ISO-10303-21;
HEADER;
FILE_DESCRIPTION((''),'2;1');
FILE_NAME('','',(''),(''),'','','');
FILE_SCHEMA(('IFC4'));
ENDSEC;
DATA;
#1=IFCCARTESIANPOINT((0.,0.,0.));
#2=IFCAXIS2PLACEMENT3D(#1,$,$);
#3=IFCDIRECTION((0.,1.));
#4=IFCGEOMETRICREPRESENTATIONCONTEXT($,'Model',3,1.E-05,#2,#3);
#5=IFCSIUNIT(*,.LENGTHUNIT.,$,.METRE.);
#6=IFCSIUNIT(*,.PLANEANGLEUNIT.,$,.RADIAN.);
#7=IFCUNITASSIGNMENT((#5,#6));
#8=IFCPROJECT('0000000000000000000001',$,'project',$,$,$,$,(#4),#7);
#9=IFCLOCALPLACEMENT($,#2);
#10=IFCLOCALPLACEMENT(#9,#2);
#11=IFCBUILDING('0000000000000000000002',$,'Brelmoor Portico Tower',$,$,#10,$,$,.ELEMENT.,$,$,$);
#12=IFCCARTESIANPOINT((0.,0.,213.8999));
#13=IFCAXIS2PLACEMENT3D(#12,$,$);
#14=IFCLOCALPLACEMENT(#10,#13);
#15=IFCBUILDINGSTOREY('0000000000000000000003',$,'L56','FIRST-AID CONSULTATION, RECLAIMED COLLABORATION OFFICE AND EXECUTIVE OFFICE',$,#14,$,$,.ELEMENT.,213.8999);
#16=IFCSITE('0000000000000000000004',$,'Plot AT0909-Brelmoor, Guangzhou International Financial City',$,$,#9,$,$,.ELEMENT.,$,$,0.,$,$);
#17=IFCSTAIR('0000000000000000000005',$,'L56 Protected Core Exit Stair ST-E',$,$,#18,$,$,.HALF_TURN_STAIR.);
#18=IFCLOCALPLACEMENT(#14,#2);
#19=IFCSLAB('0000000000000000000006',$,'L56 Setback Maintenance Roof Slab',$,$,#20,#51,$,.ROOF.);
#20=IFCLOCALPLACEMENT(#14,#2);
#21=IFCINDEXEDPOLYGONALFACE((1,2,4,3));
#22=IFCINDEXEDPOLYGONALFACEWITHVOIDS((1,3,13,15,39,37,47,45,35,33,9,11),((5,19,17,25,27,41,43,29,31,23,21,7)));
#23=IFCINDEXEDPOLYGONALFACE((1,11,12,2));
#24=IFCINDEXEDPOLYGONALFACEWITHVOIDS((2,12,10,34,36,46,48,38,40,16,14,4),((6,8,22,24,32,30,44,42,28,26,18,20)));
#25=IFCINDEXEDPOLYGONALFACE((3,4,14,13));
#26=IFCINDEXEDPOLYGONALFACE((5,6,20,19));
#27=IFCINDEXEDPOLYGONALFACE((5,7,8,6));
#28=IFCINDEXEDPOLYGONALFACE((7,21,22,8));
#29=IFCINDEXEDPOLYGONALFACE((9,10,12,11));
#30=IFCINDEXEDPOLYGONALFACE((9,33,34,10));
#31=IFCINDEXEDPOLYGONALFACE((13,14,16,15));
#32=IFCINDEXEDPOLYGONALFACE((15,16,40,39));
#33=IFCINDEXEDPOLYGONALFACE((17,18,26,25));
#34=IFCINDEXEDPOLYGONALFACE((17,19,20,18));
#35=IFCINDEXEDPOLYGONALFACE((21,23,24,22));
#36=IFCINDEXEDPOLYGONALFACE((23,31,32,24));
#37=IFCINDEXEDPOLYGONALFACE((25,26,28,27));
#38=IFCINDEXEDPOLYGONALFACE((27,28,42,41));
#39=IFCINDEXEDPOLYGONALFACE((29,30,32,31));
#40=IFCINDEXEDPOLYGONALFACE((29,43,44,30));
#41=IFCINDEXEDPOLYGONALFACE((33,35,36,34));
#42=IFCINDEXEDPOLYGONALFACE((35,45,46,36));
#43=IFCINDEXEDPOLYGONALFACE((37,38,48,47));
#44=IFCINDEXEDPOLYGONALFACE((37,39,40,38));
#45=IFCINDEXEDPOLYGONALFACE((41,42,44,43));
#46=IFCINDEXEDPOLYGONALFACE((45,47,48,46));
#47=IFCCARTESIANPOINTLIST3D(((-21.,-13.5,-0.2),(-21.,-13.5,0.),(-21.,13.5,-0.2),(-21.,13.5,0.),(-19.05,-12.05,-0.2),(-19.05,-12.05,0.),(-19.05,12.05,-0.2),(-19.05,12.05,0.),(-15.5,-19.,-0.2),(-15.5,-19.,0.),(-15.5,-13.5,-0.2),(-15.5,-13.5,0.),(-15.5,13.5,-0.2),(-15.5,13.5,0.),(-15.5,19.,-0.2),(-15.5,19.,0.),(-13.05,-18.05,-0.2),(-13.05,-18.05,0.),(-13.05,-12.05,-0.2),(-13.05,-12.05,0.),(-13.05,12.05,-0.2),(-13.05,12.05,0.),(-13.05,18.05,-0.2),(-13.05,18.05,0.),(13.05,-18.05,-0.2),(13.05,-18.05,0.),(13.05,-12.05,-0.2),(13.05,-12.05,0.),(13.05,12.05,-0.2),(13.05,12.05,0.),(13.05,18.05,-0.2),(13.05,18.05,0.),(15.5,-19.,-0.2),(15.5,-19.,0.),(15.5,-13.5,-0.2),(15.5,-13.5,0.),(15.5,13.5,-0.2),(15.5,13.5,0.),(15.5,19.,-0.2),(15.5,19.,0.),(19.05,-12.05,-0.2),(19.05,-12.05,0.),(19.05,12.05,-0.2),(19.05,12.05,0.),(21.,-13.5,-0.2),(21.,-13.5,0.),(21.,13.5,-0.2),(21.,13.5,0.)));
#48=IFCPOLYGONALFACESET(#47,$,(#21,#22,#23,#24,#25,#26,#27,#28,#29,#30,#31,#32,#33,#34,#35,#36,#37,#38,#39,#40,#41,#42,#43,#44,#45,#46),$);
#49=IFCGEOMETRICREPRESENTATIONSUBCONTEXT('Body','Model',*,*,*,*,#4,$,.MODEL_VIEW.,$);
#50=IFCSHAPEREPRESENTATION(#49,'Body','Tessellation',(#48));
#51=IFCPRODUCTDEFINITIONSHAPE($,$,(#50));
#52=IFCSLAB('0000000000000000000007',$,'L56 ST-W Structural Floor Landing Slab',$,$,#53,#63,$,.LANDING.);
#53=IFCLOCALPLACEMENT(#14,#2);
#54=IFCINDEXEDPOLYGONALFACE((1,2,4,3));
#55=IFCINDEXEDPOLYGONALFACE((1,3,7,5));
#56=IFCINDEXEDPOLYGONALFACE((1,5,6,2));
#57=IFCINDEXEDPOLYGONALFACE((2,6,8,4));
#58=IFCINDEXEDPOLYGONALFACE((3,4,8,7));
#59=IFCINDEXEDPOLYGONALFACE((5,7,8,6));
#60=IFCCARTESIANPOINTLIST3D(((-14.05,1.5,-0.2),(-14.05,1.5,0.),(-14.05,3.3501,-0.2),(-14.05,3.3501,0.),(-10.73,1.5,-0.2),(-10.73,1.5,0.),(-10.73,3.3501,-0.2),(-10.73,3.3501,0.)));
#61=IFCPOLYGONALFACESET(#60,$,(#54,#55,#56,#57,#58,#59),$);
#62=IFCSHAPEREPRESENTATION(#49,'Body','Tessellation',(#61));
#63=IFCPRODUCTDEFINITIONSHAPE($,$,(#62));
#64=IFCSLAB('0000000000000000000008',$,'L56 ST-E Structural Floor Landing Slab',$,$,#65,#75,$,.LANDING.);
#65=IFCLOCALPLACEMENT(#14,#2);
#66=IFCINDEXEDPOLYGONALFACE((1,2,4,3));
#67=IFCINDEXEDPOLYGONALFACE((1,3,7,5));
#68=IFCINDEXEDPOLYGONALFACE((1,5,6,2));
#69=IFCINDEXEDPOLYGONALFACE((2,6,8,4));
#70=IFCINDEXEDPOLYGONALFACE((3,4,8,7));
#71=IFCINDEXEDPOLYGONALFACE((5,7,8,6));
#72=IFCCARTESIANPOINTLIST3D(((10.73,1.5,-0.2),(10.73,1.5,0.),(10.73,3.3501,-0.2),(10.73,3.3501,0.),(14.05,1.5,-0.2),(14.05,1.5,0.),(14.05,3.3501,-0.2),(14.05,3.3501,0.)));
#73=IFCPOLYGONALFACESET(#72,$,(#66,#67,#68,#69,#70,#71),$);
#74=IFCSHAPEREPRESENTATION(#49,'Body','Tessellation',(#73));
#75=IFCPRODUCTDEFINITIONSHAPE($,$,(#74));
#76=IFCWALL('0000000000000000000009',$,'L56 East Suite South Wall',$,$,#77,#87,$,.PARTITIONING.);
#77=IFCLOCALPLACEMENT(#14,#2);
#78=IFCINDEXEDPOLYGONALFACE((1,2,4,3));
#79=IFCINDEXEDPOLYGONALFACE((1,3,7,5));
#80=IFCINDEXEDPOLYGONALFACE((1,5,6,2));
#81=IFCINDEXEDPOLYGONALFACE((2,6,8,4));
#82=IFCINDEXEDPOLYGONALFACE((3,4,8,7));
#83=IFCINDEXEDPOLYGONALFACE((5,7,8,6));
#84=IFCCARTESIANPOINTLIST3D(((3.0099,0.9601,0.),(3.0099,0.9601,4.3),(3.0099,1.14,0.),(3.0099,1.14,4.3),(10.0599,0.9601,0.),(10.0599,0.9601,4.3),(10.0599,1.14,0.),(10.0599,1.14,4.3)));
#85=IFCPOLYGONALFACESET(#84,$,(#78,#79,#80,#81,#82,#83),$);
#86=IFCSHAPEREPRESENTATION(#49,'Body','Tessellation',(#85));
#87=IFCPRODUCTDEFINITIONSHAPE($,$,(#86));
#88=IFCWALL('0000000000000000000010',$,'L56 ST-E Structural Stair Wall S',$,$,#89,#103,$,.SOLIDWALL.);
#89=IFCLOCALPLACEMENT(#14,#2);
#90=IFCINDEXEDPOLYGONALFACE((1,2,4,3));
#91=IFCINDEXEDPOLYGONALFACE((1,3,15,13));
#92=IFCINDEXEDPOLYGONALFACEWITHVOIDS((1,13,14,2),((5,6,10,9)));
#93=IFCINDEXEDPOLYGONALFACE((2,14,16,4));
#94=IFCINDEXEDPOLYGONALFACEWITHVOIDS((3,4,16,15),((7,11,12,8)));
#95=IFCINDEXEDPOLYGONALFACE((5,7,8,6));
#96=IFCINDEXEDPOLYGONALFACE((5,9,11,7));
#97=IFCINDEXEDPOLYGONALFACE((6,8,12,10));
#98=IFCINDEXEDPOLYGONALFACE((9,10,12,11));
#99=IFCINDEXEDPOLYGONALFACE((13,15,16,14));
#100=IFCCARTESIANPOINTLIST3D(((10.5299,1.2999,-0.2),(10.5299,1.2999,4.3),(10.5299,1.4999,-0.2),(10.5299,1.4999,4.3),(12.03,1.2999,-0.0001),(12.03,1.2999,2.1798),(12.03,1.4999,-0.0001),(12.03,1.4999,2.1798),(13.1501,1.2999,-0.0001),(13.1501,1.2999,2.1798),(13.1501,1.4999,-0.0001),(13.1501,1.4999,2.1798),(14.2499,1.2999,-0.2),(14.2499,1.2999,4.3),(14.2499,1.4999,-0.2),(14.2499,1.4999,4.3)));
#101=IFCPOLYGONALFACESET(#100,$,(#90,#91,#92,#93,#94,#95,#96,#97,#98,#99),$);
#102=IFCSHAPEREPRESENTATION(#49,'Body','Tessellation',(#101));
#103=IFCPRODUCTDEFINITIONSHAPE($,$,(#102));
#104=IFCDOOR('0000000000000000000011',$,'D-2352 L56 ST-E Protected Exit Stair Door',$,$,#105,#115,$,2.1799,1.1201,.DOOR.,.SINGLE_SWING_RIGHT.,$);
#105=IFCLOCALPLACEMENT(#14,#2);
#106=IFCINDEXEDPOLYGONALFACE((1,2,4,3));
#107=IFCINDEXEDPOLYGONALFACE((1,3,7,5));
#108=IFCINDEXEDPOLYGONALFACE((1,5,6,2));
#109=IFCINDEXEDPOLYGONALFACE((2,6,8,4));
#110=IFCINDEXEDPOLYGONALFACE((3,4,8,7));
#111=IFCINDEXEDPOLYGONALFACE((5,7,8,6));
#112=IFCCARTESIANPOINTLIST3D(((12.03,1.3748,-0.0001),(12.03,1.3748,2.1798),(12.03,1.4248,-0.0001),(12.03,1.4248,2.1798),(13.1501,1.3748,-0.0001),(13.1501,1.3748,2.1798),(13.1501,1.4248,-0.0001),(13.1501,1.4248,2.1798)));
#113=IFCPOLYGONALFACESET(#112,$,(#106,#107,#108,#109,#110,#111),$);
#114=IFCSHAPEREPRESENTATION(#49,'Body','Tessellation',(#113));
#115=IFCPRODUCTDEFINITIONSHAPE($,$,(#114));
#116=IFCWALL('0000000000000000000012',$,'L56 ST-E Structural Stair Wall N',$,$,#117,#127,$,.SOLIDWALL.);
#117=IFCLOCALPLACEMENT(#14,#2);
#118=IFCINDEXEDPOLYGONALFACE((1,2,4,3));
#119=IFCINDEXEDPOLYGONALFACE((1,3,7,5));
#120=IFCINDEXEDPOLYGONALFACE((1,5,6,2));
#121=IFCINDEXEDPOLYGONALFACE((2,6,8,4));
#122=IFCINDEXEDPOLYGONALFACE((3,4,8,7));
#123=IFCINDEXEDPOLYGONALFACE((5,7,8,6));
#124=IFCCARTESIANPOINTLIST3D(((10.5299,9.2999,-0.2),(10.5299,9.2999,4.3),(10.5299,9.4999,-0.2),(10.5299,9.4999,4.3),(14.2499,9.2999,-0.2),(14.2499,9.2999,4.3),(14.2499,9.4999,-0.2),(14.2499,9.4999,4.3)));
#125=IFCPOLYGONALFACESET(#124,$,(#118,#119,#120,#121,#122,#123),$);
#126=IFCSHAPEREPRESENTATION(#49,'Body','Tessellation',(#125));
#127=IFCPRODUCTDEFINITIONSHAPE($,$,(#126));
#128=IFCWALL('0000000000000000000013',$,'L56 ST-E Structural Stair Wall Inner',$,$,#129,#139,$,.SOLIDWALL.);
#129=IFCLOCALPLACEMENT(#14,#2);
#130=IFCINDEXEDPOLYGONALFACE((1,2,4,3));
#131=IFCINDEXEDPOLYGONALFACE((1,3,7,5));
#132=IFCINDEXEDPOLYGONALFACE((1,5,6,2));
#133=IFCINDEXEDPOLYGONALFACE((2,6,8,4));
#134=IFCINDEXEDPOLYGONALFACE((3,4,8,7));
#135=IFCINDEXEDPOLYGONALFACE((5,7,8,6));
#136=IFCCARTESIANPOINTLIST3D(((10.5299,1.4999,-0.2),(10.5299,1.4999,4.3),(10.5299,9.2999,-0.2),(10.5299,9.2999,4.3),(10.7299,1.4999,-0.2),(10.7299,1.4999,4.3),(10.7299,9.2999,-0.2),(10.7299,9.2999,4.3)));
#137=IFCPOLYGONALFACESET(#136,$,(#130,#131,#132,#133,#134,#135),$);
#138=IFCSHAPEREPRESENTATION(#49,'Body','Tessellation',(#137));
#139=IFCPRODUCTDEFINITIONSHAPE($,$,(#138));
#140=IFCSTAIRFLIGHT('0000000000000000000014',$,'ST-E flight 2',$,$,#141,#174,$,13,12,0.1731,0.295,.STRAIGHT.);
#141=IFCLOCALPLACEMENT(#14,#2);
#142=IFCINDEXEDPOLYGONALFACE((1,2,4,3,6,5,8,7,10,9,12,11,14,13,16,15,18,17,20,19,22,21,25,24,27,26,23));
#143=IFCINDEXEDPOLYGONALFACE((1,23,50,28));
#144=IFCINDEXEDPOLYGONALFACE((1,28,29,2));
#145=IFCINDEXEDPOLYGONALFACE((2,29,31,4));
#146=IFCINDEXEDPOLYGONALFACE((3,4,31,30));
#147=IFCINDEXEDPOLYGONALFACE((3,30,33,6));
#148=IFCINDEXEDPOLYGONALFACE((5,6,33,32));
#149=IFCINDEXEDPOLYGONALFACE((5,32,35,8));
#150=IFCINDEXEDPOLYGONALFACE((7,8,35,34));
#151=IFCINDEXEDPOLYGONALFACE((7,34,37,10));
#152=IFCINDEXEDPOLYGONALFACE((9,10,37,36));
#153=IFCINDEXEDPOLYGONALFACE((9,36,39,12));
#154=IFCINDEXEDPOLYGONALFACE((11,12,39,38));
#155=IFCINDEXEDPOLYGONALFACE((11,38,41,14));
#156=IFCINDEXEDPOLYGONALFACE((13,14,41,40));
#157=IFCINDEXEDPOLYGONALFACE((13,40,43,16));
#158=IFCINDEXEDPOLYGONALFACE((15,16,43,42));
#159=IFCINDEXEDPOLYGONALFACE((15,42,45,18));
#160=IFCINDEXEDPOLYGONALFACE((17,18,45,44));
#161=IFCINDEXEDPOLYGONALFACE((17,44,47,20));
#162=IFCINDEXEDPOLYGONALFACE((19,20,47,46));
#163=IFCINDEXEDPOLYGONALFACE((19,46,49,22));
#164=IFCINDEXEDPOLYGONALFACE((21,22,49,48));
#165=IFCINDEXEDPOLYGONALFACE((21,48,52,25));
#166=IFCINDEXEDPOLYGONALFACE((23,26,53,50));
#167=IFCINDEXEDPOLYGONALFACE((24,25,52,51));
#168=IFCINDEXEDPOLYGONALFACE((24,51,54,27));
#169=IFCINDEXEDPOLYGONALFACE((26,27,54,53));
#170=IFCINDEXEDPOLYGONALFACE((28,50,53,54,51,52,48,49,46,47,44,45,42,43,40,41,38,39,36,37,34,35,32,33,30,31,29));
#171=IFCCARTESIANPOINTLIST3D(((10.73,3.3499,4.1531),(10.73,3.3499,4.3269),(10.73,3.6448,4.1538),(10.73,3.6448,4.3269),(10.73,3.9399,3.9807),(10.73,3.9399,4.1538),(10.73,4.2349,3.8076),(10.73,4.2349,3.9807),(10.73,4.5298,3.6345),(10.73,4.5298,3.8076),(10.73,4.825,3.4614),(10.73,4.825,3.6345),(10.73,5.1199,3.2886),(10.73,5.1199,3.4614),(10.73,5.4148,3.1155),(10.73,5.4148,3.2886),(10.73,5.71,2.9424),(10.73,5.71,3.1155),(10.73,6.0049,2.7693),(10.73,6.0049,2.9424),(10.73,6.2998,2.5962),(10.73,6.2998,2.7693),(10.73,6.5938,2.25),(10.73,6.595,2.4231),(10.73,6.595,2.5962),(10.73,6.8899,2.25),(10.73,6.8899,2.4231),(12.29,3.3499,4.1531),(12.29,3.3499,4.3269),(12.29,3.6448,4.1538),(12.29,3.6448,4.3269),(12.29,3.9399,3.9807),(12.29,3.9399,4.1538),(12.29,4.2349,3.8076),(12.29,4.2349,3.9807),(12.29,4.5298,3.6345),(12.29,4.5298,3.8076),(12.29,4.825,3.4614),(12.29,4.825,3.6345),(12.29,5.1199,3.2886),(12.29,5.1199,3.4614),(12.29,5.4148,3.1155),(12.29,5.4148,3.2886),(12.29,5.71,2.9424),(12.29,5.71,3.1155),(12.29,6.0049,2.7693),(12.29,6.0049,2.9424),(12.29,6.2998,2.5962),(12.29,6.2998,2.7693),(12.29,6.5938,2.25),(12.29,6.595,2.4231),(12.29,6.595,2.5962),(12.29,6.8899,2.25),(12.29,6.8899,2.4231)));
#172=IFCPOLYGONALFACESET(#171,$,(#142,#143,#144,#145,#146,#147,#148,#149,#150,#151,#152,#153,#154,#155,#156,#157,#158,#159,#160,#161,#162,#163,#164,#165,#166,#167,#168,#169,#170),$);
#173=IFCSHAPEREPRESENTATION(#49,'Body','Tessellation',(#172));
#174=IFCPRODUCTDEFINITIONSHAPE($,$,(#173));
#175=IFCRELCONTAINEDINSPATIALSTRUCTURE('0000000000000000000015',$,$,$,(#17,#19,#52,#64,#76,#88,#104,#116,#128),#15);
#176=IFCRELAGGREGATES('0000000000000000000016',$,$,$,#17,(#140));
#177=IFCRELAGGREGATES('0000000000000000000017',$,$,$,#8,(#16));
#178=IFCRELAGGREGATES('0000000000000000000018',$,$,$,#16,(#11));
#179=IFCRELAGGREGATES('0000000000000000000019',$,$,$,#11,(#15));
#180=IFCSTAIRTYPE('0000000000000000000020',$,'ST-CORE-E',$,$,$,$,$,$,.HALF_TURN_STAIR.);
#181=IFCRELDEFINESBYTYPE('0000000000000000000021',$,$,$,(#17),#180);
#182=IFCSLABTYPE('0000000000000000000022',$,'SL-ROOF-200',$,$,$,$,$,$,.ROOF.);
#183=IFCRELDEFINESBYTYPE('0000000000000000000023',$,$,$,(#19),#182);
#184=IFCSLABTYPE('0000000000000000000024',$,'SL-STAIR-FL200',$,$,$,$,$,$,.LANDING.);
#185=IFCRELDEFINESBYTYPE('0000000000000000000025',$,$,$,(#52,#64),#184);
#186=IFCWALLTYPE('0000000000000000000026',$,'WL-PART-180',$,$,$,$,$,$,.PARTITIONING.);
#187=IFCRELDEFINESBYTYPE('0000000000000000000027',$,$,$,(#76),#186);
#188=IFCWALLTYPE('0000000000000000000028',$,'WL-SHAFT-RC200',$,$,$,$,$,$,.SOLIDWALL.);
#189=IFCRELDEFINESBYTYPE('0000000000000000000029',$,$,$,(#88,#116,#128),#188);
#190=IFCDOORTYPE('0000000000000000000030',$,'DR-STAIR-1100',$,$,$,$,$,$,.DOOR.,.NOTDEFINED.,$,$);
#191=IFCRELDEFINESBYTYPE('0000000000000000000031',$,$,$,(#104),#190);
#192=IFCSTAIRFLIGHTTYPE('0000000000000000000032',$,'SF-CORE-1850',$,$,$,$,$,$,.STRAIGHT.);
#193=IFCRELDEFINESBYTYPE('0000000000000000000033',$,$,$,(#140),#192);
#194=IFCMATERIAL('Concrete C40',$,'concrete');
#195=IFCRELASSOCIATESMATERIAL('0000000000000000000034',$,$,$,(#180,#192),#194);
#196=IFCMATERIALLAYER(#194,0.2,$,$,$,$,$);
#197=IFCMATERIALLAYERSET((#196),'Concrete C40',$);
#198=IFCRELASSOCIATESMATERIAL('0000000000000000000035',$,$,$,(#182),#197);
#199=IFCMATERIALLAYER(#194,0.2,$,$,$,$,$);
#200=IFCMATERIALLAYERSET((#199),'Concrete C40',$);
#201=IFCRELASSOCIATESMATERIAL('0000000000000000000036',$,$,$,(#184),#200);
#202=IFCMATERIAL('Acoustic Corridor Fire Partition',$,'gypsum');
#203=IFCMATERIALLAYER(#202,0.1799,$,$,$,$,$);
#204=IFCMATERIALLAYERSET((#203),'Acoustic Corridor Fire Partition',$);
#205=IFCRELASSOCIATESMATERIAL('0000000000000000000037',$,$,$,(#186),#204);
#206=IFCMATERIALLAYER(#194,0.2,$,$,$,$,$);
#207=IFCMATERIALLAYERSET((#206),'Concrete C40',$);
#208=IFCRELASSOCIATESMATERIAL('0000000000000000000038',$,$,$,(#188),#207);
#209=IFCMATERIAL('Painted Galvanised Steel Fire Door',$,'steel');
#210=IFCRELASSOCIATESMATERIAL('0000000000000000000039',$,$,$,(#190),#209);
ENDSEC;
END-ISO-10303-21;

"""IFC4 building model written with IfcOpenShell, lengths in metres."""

from ifc_helpers import new_model, si_unit, direction, frame, frame_2d, origin, place, context, subcontext, project, spatial, polyline, rectangle, outline, extrude, material, layer, layer_set, type_object, element, fill, aggregate, save


model = new_model("IFC4")

# Units and contexts
model_context = context("Model", 3, precision=1e-05, world=origin(), true_north=direction((0.0, 1.0)))
body_context = subcontext(model_context, "Body", "Model", "MODEL_VIEW")
ifc_project = project(units=[si_unit("LENGTHUNIT", "METRE"), si_unit("PLANEANGLEUNIT", "RADIAN")], contexts=[model_context])

# Site, building, storey
site_placement = place(None, origin())
site = spatial("IfcSite", under=ifc_project, at=site_placement, Name="Plot AT0909-Brelmoor, Guangzhou International Financial City", CompositionType="ELEMENT", RefElevation=0.0)
building_placement = place(site_placement, origin())
building = spatial("IfcBuilding", under=site, at=building_placement, Name="Brelmoor Portico Tower", CompositionType="ELEMENT")
storey_placement = place(building_placement, frame((0.0, 0.0, 213.8999)))
storey = spatial("IfcBuildingStorey", under=building, at=storey_placement, Name="L56", Description="FIRST-AID CONSULTATION, RECLAIMED COLLABORATION OFFICE AND EXECUTIVE OFFICE", CompositionType="ELEMENT", Elevation=213.8999)

# Shared definitions
ifc_material_1 = material(Name="Concrete C40", Category="concrete")

# Stair
stair_type_1 = type_object("IfcStairType", Name="ST-CORE-E", PredefinedType="HALF_TURN_STAIR", material=ifc_material_1)
stair_1_placement = place(storey_placement, origin())
stair_1 = element("IfcStair", 1, at=stair_1_placement, inside=storey, type_object=stair_type_1, Name="L56 Protected Core Exit Stair ST-E", PredefinedType="HALF_TURN_STAIR")

# Slabs
ifc_layer_1 = layer(ifc_material_1, 0.2)
ifc_layer_set_1 = layer_set([ifc_layer_1], Name="Concrete C40")
slab_type_1 = type_object("IfcSlabType", Name="SL-ROOF-200", PredefinedType="ROOF", material=ifc_layer_set_1)
slab_1_placement = place(storey_placement, frame((0.0, 0.0, -0.2)))
element("IfcSlab", 2, at=slab_1_placement, inside=storey, type_object=slab_type_1, Name="L56 Setback Maintenance Roof Slab", PredefinedType="ROOF", context=body_context, shape_type="SweptSolid", body=[
    extrude(outline(polyline([(-15.5, -19.0), (15.5, -19.0), (15.5, -13.5), (21.0, -13.5), (21.0, 13.5), (15.5, 13.5), (15.5, 19.0), (-15.5, 19.0), (-15.5, 13.5), (-21.0, 13.5), (-21.0, -13.5), (-15.5, -13.5), (-15.5, -19.0)]), holes=[polyline([(-13.05, -18.05), (13.05, -18.05), (13.05, -12.05), (19.05, -12.05), (19.05, 12.05), (13.05, 12.05), (13.05, 18.05), (-13.05, 18.05), (-13.05, 12.05), (-19.05, 12.05), (-19.05, -12.05), (-13.05, -12.05), (-13.05, -18.05)])]), origin(), (0.0, 0.0, 1.0), 0.2),
])
ifc_layer_2 = layer(ifc_material_1, 0.2)
ifc_layer_set_2 = layer_set([ifc_layer_2], Name="Concrete C40")
slab_type_2 = type_object("IfcSlabType", Name="SL-STAIR-FL200", PredefinedType="LANDING", material=ifc_layer_set_2)
slab_2_placement = place(storey_placement, frame((0.0, 0.0, -0.2)))
element("IfcSlab", 3, at=slab_2_placement, inside=storey, type_object=slab_type_2, Name="L56 ST-W Structural Floor Landing Slab", PredefinedType="LANDING", context=body_context, shape_type="SweptSolid", body=[
    extrude(outline(polyline([(-10.73, 1.5), (-10.73, 3.3501), (-14.05, 3.3501), (-14.05, 1.5), (-10.73, 1.5)])), origin(), (0.0, 0.0, 1.0), 0.2),
])
slab_3_placement = place(storey_placement, frame((0.0, 0.0, -0.2)))
element("IfcSlab", 4, at=slab_3_placement, inside=storey, type_object=slab_type_2, Name="L56 ST-E Structural Floor Landing Slab", PredefinedType="LANDING", context=body_context, shape_type="SweptSolid", body=[
    extrude(outline(polyline([(14.05, 1.5), (14.05, 3.3501), (10.73, 3.3501), (10.73, 1.5), (14.05, 1.5)])), origin(), (0.0, 0.0, 1.0), 0.2),
])

# Wall
ifc_material_2 = material(Name="Acoustic Corridor Fire Partition", Category="gypsum")
ifc_layer_3 = layer(ifc_material_2, 0.1799)
ifc_layer_set_3 = layer_set([ifc_layer_3], Name="Acoustic Corridor Fire Partition")
wall_type_1 = type_object("IfcWallType", Name="WL-PART-180", PredefinedType="PARTITIONING", material=ifc_layer_set_3)
wall_1_placement = place(storey_placement, frame((3.01, 1.05, 0.0), z_axis=(0.0, 0.0, 1.0), x_axis=(1.0, 0.0, 0.0)))
element("IfcWall", 5, at=wall_1_placement, inside=storey, type_object=wall_type_1, Name="L56 East Suite South Wall", PredefinedType="PARTITIONING", context=body_context, shape_type="SweptSolid", body=[
    extrude(rectangle(XDim=7.05, YDim=0.1799, at=frame_2d((3.5249, 0.0))), origin(), (0.0, 0.0, 1.0), 4.3),
])

# Wall, opening, door
ifc_layer_4 = layer(ifc_material_1, 0.2)
ifc_layer_set_4 = layer_set([ifc_layer_4], Name="Concrete C40")
wall_type_2 = type_object("IfcWallType", Name="WL-SHAFT-RC200", PredefinedType="SOLIDWALL", material=ifc_layer_set_4)
wall_2_placement = place(storey_placement, frame((10.53, 1.3999, -0.2), z_axis=(0.0, 0.0, 1.0), x_axis=(1.0, 0.0, 0.0)))
wall_2 = element("IfcWall", 6, at=wall_2_placement, inside=storey, type_object=wall_type_2, Name="L56 ST-E Structural Stair Wall S", PredefinedType="SOLIDWALL", context=body_context, shape_type="SweptSolid", body=[
    extrude(rectangle(XDim=3.72, YDim=0.2, at=frame_2d((1.8599, 0.0))), origin(), (0.0, 0.0, 1.0), 4.5),
])
opening_placement = place(wall_2_placement, frame((1.5, 0.0, 0.2)))
opening = element("IfcOpeningElement", 7, at=opening_placement, cuts=wall_2, PredefinedType="OPENING", context=body_context, shape_type="SweptSolid", body=[
    extrude(rectangle(XDim=1.1201, YDim=2.1799, at=frame_2d((0.5601, 1.0898))), frame((0.0, 0.1099, 0.0), z_axis=(0.0, -1.0, 0.0), x_axis=(1.0, 0.0, 0.0)), (0.0, 0.0, 1.0), 0.22),
])
ifc_material_3 = material(Name="Painted Galvanised Steel Fire Door", Category="steel")
door_type = type_object("IfcDoorType", Name="DR-STAIR-1100", OperationType="NOTDEFINED", PredefinedType="DOOR", material=ifc_material_3)
door_placement = place(opening_placement, origin())
door = element("IfcDoor", 8, at=door_placement, inside=storey, type_object=door_type, Name="D-2352 L56 ST-E Protected Exit Stair Door", OperationType="SINGLE_SWING_RIGHT", OverallHeight=2.1799, OverallWidth=1.1201, PredefinedType="DOOR", context=body_context, shape_type="SweptSolid", body=[
    extrude(rectangle(XDim=1.1201, YDim=2.1799, at=frame_2d((0.5601, 1.0898))), frame((0.0, 0.0249, 0.0), z_axis=(0.0, -1.0, 0.0), x_axis=(1.0, 0.0, 0.0)), (0.0, 0.0, 1.0), 0.05),
])
fill(opening, door)

# Walls
wall_3_placement = place(storey_placement, frame((10.53, 9.3999, -0.2), z_axis=(0.0, 0.0, 1.0), x_axis=(1.0, 0.0, 0.0)))
element("IfcWall", 9, at=wall_3_placement, inside=storey, type_object=wall_type_2, Name="L56 ST-E Structural Stair Wall N", PredefinedType="SOLIDWALL", context=body_context, shape_type="SweptSolid", body=[
    extrude(rectangle(XDim=3.72, YDim=0.2, at=frame_2d((1.8599, 0.0))), origin(), (0.0, 0.0, 1.0), 4.5),
])
wall_4_placement = place(storey_placement, frame((10.6299, 1.5, -0.2), z_axis=(0.0, 0.0, 1.0), x_axis=(0.0, 1.0, 0.0)))
element("IfcWall", 10, at=wall_4_placement, inside=storey, type_object=wall_type_2, Name="L56 ST-E Structural Stair Wall Inner", PredefinedType="SOLIDWALL", context=body_context, shape_type="SweptSolid", body=[
    extrude(rectangle(XDim=7.8, YDim=0.2, at=frame_2d((3.8999, 0.0))), origin(), (0.0, 0.0, 1.0), 4.5),
])

# Stair flight
stair_flight_type = type_object("IfcStairFlightType", Name="SF-CORE-1850", PredefinedType="STRAIGHT", material=ifc_material_1)
stair_flight_placement = place(storey_placement, frame((11.51, 6.8899, 2.25), z_axis=(0.0, 0.0, 1.0), x_axis=(0.0, -1.0, 0.0)))
stair_flight = element("IfcStairFlight", 11, at=stair_flight_placement, type_object=stair_flight_type, Name="ST-E flight 2", NumberOfRisers=13, NumberOfTreads=12, PredefinedType="STRAIGHT", RiserHeight=0.1731, TreadLength=0.295, context=body_context, shape_type="SweptSolid", body=[
    extrude(outline(polyline([(0.0, 0.0), (0.0, 0.1731), (0.2949, 0.1731), (0.2949, 0.3462), (0.5901, 0.3462), (0.5901, 0.5193), (0.885, 0.5193), (0.885, 0.6924), (1.1799, 0.6924), (1.1799, 0.8655), (1.4751, 0.8655), (1.4751, 1.0386), (1.77, 1.0386), (1.77, 1.2114), (2.0649, 1.2114), (2.0649, 1.3845), (2.3601, 1.3845), (2.3601, 1.5576), (2.655, 1.5576), (2.655, 1.7307), (2.95, 1.7307), (2.95, 1.9038), (3.2451, 1.9038), (3.2451, 2.0769), (3.54, 2.0769), (3.54, 2.25), (3.54, 1.9031), (0.2961, 0.0), (0.0, 0.0)])), frame((0.0, 0.78, 0.0), z_axis=(0.0, -1.0, 0.0), x_axis=(1.0, 0.0, 0.0)), (0.0, 0.0, 1.0), 1.5601),
])
aggregate(stair_1, [stair_flight])

save(model, "model.ifc")
